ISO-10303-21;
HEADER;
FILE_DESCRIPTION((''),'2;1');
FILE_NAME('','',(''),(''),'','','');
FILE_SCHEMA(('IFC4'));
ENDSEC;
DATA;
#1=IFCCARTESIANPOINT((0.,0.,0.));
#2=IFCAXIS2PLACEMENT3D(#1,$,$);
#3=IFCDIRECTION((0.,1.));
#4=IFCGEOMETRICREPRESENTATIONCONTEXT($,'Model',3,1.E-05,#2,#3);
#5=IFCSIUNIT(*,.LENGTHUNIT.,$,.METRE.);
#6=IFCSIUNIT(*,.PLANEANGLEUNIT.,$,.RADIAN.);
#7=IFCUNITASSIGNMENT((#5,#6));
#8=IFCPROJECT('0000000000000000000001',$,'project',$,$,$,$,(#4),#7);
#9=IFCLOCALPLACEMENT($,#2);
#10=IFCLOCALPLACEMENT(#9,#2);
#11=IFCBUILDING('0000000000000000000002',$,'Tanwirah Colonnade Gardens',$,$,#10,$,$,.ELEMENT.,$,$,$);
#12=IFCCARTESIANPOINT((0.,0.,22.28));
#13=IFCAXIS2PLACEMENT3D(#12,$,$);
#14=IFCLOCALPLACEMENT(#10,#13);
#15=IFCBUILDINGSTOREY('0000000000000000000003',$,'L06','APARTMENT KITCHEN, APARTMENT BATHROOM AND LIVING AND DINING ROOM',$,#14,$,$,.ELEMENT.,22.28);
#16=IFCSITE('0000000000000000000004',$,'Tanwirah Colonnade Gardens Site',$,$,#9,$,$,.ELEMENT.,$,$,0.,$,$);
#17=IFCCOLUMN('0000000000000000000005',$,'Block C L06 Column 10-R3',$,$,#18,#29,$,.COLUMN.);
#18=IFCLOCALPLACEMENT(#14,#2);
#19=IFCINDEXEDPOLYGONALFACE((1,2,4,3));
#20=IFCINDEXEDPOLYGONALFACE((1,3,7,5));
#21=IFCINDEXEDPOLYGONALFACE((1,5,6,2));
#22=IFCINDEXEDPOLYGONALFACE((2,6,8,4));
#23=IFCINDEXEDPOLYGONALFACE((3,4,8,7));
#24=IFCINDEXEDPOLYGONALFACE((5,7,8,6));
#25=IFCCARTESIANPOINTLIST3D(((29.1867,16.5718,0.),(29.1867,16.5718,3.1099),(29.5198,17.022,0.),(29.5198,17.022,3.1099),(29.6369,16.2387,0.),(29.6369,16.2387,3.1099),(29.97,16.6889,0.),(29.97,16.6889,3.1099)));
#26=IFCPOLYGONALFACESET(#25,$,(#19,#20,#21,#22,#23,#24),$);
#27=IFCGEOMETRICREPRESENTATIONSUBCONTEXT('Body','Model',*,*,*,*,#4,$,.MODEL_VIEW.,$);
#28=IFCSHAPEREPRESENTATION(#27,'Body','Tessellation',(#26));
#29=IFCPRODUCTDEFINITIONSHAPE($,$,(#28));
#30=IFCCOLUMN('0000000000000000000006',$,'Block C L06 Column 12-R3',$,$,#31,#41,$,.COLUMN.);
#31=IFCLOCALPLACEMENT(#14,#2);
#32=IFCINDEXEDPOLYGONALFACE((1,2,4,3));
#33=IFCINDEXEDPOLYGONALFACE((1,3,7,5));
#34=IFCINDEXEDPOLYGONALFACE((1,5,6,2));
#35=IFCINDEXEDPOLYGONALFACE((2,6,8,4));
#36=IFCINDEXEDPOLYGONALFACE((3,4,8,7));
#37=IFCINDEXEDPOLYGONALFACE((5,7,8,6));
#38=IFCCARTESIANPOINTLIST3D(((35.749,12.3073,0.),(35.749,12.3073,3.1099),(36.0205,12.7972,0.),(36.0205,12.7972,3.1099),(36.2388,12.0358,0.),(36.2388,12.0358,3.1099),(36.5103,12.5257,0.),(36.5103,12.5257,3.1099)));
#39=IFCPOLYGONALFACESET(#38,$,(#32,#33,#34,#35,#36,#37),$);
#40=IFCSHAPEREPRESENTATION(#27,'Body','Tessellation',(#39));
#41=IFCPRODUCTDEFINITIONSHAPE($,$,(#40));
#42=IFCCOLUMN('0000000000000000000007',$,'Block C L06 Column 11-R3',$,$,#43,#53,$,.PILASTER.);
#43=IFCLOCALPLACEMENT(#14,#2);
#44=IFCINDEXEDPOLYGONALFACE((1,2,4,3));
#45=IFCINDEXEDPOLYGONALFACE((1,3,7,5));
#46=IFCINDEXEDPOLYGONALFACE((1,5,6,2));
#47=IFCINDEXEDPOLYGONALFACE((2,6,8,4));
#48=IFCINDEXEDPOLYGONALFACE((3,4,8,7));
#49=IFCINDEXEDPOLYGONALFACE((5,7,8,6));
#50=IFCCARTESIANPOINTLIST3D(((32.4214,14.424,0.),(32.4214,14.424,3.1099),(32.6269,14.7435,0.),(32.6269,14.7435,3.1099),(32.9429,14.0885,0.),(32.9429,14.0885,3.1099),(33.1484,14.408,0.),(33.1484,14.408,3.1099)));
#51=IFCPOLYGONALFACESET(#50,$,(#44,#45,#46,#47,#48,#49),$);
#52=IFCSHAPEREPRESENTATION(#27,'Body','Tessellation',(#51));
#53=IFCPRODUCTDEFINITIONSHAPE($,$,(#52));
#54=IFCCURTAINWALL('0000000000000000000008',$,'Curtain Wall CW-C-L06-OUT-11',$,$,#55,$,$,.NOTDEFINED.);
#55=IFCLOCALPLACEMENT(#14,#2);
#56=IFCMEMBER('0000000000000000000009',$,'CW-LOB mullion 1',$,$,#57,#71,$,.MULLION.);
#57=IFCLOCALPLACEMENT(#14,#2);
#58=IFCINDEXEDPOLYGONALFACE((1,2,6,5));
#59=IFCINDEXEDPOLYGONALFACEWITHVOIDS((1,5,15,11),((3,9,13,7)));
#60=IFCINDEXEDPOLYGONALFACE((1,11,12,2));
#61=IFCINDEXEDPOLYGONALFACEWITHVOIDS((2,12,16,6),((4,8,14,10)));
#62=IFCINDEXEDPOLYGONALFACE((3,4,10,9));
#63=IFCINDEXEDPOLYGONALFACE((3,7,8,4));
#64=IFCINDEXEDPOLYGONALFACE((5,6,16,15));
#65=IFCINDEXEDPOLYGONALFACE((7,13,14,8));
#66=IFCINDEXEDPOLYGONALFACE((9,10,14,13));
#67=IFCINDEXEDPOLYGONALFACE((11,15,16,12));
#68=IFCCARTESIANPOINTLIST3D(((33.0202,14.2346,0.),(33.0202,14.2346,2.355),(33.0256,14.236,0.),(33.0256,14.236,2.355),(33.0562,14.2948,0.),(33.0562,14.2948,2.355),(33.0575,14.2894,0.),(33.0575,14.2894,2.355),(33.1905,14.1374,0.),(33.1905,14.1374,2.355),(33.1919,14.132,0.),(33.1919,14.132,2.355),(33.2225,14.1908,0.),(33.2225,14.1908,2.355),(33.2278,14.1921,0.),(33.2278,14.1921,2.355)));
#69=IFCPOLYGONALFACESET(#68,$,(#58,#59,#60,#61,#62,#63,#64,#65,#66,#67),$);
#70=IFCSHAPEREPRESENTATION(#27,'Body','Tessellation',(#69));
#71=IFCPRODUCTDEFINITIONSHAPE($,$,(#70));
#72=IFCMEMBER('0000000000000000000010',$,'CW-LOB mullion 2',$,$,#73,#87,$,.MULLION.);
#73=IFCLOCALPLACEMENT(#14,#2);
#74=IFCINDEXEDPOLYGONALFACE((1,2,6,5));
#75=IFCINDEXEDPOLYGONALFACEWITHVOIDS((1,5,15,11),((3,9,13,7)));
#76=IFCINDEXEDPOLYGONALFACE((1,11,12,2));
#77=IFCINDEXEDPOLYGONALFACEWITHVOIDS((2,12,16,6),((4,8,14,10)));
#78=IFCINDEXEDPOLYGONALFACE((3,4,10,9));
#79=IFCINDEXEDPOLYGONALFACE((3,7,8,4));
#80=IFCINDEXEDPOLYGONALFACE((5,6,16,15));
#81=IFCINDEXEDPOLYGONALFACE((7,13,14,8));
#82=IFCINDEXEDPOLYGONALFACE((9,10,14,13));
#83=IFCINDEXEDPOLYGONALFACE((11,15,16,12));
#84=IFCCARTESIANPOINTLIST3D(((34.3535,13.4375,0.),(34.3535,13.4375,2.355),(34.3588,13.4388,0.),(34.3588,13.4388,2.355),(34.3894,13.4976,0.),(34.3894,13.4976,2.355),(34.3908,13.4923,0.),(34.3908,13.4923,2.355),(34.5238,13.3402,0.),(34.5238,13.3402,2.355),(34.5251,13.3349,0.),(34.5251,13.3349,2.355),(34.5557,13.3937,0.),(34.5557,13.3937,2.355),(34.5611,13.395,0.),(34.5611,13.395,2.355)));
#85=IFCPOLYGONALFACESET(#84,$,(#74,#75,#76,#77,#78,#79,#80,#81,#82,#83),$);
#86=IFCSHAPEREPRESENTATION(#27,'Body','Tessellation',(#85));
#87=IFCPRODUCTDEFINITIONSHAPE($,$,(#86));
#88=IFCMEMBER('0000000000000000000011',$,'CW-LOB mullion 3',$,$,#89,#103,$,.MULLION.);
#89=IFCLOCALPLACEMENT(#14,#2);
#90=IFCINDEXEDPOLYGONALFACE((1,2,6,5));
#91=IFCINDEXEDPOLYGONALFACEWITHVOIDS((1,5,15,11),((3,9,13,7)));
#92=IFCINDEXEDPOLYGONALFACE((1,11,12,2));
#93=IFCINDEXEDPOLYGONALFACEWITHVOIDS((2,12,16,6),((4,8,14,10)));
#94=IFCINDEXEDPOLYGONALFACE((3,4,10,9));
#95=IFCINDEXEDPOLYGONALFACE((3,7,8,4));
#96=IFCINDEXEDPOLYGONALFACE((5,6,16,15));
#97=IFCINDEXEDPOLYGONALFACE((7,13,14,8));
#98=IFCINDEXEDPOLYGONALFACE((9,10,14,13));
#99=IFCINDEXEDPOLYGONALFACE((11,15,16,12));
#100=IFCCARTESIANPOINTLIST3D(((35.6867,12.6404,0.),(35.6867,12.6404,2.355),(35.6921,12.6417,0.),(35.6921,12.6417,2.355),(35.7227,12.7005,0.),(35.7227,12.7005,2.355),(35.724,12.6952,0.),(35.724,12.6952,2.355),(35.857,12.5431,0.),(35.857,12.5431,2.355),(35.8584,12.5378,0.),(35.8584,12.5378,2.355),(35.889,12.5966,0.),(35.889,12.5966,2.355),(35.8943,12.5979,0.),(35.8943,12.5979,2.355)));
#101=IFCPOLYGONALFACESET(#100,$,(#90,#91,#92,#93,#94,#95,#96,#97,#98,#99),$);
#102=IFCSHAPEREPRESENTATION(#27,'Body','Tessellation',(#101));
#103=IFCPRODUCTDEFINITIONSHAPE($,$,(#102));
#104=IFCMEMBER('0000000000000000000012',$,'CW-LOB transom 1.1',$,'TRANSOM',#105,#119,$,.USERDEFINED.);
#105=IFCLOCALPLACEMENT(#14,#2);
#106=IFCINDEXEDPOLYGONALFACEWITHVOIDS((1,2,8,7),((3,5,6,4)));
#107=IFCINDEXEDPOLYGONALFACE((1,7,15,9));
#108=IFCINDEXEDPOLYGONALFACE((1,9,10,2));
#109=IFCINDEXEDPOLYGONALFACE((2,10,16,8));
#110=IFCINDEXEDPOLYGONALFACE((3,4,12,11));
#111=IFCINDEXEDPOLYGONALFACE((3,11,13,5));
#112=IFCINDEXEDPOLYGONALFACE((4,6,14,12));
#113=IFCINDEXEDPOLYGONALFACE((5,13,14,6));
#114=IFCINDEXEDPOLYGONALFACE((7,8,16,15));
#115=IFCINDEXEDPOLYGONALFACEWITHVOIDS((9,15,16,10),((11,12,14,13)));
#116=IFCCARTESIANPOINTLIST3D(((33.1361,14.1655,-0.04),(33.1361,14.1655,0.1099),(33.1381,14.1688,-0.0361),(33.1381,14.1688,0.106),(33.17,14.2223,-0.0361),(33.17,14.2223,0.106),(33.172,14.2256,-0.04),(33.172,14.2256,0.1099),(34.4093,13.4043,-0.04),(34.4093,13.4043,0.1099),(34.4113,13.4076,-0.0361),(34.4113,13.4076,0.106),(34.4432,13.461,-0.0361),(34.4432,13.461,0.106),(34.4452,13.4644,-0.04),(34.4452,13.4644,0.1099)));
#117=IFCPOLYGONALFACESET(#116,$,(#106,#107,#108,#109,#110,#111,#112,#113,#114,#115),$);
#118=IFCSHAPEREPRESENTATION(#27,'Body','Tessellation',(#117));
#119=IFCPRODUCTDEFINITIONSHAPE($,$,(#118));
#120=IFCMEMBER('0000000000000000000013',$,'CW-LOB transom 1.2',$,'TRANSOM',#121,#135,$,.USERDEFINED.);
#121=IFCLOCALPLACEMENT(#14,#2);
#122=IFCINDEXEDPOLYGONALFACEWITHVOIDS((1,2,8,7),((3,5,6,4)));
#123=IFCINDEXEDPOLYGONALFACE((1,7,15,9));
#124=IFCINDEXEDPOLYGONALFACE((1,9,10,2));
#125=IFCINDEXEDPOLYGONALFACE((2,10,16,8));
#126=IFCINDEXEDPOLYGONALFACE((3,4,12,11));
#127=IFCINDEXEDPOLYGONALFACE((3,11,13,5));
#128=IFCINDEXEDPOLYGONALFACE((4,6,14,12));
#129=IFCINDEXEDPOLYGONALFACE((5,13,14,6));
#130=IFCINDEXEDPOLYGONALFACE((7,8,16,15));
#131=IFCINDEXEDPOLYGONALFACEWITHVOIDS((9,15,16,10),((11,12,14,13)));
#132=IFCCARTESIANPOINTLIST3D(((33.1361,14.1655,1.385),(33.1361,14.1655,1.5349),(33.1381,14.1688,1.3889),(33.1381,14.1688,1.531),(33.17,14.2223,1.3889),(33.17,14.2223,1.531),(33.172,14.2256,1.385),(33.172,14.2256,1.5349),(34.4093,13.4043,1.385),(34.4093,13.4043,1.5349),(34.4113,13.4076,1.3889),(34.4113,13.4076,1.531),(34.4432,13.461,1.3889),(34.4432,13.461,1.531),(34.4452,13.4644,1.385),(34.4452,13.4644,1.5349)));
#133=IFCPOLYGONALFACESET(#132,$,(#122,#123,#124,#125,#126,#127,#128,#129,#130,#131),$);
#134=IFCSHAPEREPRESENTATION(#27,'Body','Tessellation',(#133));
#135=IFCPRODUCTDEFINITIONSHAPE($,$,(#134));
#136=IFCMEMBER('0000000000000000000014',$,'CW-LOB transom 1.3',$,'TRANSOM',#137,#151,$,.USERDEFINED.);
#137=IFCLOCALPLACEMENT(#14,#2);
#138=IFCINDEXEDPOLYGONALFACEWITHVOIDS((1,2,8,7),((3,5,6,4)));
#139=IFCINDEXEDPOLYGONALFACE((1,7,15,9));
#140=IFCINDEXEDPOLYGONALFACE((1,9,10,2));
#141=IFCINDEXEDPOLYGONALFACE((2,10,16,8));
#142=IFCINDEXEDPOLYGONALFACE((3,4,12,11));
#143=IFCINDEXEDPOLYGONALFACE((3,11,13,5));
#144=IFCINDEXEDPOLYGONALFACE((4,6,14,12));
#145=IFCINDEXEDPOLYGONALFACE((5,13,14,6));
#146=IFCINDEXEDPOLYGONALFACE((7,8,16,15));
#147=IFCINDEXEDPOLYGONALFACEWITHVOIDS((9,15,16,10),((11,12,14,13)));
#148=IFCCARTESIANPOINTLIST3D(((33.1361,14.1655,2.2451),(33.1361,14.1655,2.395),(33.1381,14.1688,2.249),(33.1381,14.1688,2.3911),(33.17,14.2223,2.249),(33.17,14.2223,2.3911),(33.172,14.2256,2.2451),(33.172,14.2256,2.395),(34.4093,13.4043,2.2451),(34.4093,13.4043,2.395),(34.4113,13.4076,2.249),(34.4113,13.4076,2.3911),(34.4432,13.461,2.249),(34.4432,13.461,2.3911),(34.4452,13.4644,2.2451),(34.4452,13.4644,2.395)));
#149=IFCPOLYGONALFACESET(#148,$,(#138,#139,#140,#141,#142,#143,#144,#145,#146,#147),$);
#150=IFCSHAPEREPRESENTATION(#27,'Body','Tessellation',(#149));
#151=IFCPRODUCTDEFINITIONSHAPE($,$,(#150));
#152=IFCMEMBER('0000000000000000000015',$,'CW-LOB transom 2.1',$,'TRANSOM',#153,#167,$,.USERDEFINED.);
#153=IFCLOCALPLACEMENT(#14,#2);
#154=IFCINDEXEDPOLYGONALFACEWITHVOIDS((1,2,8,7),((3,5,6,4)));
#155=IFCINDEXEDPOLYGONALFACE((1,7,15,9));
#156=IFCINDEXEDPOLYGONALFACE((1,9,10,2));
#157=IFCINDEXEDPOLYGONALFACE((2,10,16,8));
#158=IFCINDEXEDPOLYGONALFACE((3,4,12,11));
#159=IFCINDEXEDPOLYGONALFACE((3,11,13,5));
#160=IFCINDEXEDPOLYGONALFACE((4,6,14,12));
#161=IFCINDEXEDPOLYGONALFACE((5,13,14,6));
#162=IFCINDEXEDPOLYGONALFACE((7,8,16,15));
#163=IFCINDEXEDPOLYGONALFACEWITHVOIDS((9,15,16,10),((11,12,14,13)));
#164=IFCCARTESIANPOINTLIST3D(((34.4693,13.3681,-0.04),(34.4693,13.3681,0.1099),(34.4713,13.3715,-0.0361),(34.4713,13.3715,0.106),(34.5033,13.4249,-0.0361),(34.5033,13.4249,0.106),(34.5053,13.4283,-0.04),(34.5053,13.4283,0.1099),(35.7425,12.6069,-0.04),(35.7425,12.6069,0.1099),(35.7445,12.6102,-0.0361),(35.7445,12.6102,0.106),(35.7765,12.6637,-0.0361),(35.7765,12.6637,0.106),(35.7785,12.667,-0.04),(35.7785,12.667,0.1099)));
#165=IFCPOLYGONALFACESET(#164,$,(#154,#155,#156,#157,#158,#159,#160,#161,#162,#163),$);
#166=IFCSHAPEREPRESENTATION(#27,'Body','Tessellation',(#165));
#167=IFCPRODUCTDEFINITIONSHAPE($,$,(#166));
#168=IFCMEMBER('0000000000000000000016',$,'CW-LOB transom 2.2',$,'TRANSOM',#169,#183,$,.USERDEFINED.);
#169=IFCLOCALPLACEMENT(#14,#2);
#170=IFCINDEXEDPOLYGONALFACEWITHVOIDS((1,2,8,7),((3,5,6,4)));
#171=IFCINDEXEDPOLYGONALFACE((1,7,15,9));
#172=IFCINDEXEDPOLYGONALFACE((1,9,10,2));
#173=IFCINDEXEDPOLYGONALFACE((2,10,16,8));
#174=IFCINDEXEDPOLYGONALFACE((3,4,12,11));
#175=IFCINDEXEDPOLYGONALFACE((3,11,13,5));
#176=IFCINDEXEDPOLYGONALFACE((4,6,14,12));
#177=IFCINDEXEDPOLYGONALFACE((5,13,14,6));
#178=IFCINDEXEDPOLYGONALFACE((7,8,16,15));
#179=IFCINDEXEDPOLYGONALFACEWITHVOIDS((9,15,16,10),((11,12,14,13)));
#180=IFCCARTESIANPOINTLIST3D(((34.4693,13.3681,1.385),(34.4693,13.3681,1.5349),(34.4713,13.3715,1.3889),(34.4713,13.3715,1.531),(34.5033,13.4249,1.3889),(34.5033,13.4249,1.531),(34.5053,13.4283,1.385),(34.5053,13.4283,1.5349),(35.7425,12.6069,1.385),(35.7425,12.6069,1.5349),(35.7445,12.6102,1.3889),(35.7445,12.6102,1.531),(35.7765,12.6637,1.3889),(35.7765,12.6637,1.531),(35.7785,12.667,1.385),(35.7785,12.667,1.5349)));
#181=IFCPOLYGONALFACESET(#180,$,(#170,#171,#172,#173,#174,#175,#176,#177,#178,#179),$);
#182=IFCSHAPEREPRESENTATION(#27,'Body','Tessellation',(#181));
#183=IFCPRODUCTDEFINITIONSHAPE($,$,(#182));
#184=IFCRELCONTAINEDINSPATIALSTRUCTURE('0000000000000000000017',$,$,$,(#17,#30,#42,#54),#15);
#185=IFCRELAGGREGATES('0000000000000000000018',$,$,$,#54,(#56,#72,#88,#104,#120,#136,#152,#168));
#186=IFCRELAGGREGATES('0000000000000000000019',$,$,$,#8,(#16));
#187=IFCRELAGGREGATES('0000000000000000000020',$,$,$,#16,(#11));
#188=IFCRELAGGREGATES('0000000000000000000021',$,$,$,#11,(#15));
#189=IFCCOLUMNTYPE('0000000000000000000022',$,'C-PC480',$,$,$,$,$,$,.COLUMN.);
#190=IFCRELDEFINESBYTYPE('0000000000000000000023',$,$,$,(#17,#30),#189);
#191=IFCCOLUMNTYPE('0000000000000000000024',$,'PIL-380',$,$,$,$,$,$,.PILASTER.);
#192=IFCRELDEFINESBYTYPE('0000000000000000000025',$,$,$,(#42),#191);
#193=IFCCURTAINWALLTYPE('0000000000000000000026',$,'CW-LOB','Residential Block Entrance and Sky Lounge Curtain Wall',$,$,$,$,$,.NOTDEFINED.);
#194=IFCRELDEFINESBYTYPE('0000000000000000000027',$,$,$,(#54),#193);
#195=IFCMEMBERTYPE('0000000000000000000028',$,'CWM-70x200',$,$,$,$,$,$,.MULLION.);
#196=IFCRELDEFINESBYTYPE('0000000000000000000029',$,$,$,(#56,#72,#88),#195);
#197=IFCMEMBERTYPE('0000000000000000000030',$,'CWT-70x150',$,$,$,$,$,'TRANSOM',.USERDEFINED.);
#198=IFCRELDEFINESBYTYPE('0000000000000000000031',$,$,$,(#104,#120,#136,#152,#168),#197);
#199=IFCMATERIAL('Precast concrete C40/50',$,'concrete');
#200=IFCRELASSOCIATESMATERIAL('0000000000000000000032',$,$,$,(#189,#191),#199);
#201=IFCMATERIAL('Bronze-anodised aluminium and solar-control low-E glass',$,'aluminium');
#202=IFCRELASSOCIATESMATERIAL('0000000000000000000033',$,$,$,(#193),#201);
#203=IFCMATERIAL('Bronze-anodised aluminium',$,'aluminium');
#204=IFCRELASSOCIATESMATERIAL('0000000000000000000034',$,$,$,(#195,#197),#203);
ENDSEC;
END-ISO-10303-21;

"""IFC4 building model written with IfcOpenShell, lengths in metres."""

from ifc_helpers import new_model, si_unit, direction, frame, origin, origin_2d, place, context, subcontext, project, spatial, rectangle, hollow_rectangle, extrude, material, material_profile, profile_set, type_object, element, aggregate, save


model = new_model("IFC4")

# Units and contexts
model_context = context("Model", 3, precision=1e-05, world=origin(), true_north=direction((0.0, 1.0)))
body_context = subcontext(model_context, "Body", "Model", "MODEL_VIEW")
ifc_project = project(units=[si_unit("LENGTHUNIT", "METRE"), si_unit("PLANEANGLEUNIT", "RADIAN")], contexts=[model_context])

# Site, building, storey
site_placement = place(None, origin())
site = spatial("IfcSite", under=ifc_project, at=site_placement, Name="Tanwirah Colonnade Gardens Site", CompositionType="ELEMENT", RefElevation=0.0)
building_placement = place(site_placement, origin())
building = spatial("IfcBuilding", under=site, at=building_placement, Name="Tanwirah Colonnade Gardens", CompositionType="ELEMENT")
storey_placement = place(building_placement, frame((0.0, 0.0, 22.28)))
storey = spatial("IfcBuildingStorey", under=building, at=storey_placement, Name="L06", Description="APARTMENT KITCHEN, APARTMENT BATHROOM AND LIVING AND DINING ROOM", CompositionType="ELEMENT", Elevation=22.28)

# Columns
ifc_material_1 = material(Name="Precast concrete C40/50", Category="concrete")
ifc_material_profile_1 = material_profile(ifc_material_1, rectangle(XDim=0.5601, YDim=0.5601, at=origin_2d()), Name="PC-COL 560x560")
ifc_profile_set_1 = profile_set([ifc_material_profile_1], Name="Precast concrete C40/50")
column_type_1 = type_object("IfcColumnType", Name="C-PC480", PredefinedType="COLUMN", material=ifc_profile_set_1)
for number, where, z_axis, x_axis, name in (
    (1, (29.5784, 16.6304, 0.0), (0.0, 0.0, 1.0), (-0.594823, -0.803857, 0.0), "Block C L06 Column 10-R3"),
    (2, (36.1296, 12.4165, 0.0), (0.0, 0.0, 1.0), (-0.48481, -0.87462, 0.0), "Block C L06 Column 12-R3"),
):
    element("IfcColumn", number, at=place(storey_placement, frame(where, z_axis=z_axis, x_axis=x_axis)), inside=storey, type_object=column_type_1, Name=name, PredefinedType="COLUMN", context=body_context, shape_type="SweptSolid", body=[
        extrude(rectangle(XDim=0.5601, YDim=0.5601, at=origin_2d()), origin(), (0.0, 0.0, 1.0), 3.1099),
    ])
ifc_material_profile_2 = material_profile(ifc_material_1, rectangle(XDim=0.3799, YDim=0.6201, at=origin_2d()), Name="PC-PIL 380x620")
ifc_profile_set_2 = profile_set([ifc_material_profile_2], Name="Precast concrete C40/50")
column_type_2 = type_object("IfcColumnType", Name="PIL-380", PredefinedType="PILASTER", material=ifc_profile_set_2)
column_placement = place(storey_placement, frame((32.7849, 14.416, 0.0), z_axis=(0.0, 0.0, 1.0), x_axis=(-0.540974, -0.841039, 0.0)))
element("IfcColumn", 3, at=column_placement, inside=storey, type_object=column_type_2, Name="Block C L06 Column 11-R3", PredefinedType="PILASTER", context=body_context, shape_type="SweptSolid", body=[
    extrude(rectangle(XDim=0.3799, YDim=0.6201, at=origin_2d()), origin(), (0.0, 0.0, 1.0), 3.1099),
])

# Curtain wall, members
ifc_material_2 = material(Name="Bronze-anodised aluminium and solar-control low-E glass", Category="aluminium")
curtain_wall_type = type_object("IfcCurtainWallType", Name="CW-LOB", Description="Residential Block Entrance and Sky Lounge Curtain Wall", PredefinedType="NOTDEFINED", material=ifc_material_2)
curtain_wall_placement = place(storey_placement, origin())
curtain_wall = element("IfcCurtainWall", 4, at=curtain_wall_placement, inside=storey, type_object=curtain_wall_type, Name="Curtain Wall CW-C-L06-OUT-11", PredefinedType="NOTDEFINED")
ifc_material_3 = material(Name="Bronze-anodised aluminium", Category="aluminium")
ifc_material_profile_3 = material_profile(ifc_material_3, hollow_rectangle(XDim=0.0701, YDim=0.2, WallThickness=0.0039, at=origin_2d()), Name="CW-MUL 70x200x4")
ifc_profile_set_3 = profile_set([ifc_material_profile_3], Name="Bronze-anodised aluminium")
member_type_1 = type_object("IfcMemberType", Name="CWM-70x200", PredefinedType="MULLION", material=ifc_profile_set_3)
member_1_placement = place(storey_placement, frame((33.124, 14.2134, 0.0), z_axis=(0.0, 0.0, 1.0), x_axis=(0.513167, 0.858289, 0.0)))
member_1 = element("IfcMember", 5, at=member_1_placement, type_object=member_type_1, Name="CW-LOB mullion 1", PredefinedType="MULLION", context=body_context, shape_type="SweptSolid", body=[
    extrude(hollow_rectangle(XDim=0.0701, YDim=0.2, WallThickness=0.0039, at=origin_2d()), origin(), (0.0, 0.0, 1.0), 2.355),
])
member_2_placement = place(storey_placement, frame((34.4573, 13.4163, 0.0), z_axis=(0.0, 0.0, 1.0), x_axis=(0.513167, 0.858289, 0.0)))
member_2 = element("IfcMember", 6, at=member_2_placement, type_object=member_type_1, Name="CW-LOB mullion 2", PredefinedType="MULLION", context=body_context, shape_type="SweptSolid", body=[
    extrude(hollow_rectangle(XDim=0.0701, YDim=0.2, WallThickness=0.0039, at=origin_2d()), origin(), (0.0, 0.0, 1.0), 2.355),
])
member_3_placement = place(storey_placement, frame((35.7905, 12.6191, 0.0), z_axis=(0.0, 0.0, 1.0), x_axis=(0.513167, 0.858289, 0.0)))
member_3 = element("IfcMember", 7, at=member_3_placement, type_object=member_type_1, Name="CW-LOB mullion 3", PredefinedType="MULLION", context=body_context, shape_type="SweptSolid", body=[
    extrude(hollow_rectangle(XDim=0.0701, YDim=0.2, WallThickness=0.0039, at=origin_2d()), origin(), (0.0, 0.0, 1.0), 2.355),
])
ifc_material_profile_4 = material_profile(ifc_material_3, hollow_rectangle(XDim=0.0701, YDim=0.1499, WallThickness=0.0039, at=origin_2d()), Name="CW-TRN 70x150x4")
ifc_profile_set_4 = profile_set([ifc_material_profile_4], Name="Bronze-anodised aluminium")
member_type_2 = type_object("IfcMemberType", Name="CWT-70x150", ElementType="TRANSOM", PredefinedType="USERDEFINED", material=ifc_profile_set_4)
member_4_placement = place(storey_placement, frame((33.1541, 14.1956, 0.0349), z_axis=(0.858291, -0.513164, 0.0), x_axis=(0.513164, 0.858291, 0.0)))
member_4 = element("IfcMember", 8, at=member_4_placement, type_object=member_type_2, Name="CW-LOB transom 1.1", ObjectType="TRANSOM", PredefinedType="USERDEFINED", context=body_context, shape_type="SweptSolid", body=[
    extrude(hollow_rectangle(XDim=0.0701, YDim=0.1499, WallThickness=0.0039, at=origin_2d()), origin(), (0.0, 0.0, 1.0), 1.4834),
])
member_5_placement = place(storey_placement, frame((33.1541, 14.1956, 1.46), z_axis=(0.858291, -0.513164, 0.0), x_axis=(0.513164, 0.858291, 0.0)))
member_5 = element("IfcMember", 9, at=member_5_placement, type_object=member_type_2, Name="CW-LOB transom 1.2", ObjectType="TRANSOM", PredefinedType="USERDEFINED", context=body_context, shape_type="SweptSolid", body=[
    extrude(hollow_rectangle(XDim=0.0701, YDim=0.1499, WallThickness=0.0039, at=origin_2d()), origin(), (0.0, 0.0, 1.0), 1.4834),
])
member_6_placement = place(storey_placement, frame((33.1541, 14.1956, 2.3201), z_axis=(0.858291, -0.513164, 0.0), x_axis=(0.513164, 0.858291, 0.0)))
member_6 = element("IfcMember", 10, at=member_6_placement, type_object=member_type_2, Name="CW-LOB transom 1.3", ObjectType="TRANSOM", PredefinedType="USERDEFINED", context=body_context, shape_type="SweptSolid", body=[
    extrude(hollow_rectangle(XDim=0.0701, YDim=0.1499, WallThickness=0.0039, at=origin_2d()), origin(), (0.0, 0.0, 1.0), 1.4834),
])
member_7_placement = place(storey_placement, frame((34.4873, 13.3982, 0.0349), z_axis=(0.858291, -0.513164, 0.0), x_axis=(0.513164, 0.858291, 0.0)))
member_7 = element("IfcMember", 11, at=member_7_placement, type_object=member_type_2, Name="CW-LOB transom 2.1", ObjectType="TRANSOM", PredefinedType="USERDEFINED", context=body_context, shape_type="SweptSolid", body=[
    extrude(hollow_rectangle(XDim=0.0701, YDim=0.1499, WallThickness=0.0039, at=origin_2d()), origin(), (0.0, 0.0, 1.0), 1.4834),
])
member_8_placement = place(storey_placement, frame((34.4873, 13.3982, 1.46), z_axis=(0.858291, -0.513164, 0.0), x_axis=(0.513164, 0.858291, 0.0)))
member_8 = element("IfcMember", 12, at=member_8_placement, type_object=member_type_2, Name="CW-LOB transom 2.2", ObjectType="TRANSOM", PredefinedType="USERDEFINED", context=body_context, shape_type="SweptSolid", body=[
    extrude(hollow_rectangle(XDim=0.0701, YDim=0.1499, WallThickness=0.0039, at=origin_2d()), origin(), (0.0, 0.0, 1.0), 1.4834),
])

aggregate(curtain_wall, [member_1, member_2, member_3, member_4, member_5, member_6, member_7, member_8])

save(model, "model.ifc")
